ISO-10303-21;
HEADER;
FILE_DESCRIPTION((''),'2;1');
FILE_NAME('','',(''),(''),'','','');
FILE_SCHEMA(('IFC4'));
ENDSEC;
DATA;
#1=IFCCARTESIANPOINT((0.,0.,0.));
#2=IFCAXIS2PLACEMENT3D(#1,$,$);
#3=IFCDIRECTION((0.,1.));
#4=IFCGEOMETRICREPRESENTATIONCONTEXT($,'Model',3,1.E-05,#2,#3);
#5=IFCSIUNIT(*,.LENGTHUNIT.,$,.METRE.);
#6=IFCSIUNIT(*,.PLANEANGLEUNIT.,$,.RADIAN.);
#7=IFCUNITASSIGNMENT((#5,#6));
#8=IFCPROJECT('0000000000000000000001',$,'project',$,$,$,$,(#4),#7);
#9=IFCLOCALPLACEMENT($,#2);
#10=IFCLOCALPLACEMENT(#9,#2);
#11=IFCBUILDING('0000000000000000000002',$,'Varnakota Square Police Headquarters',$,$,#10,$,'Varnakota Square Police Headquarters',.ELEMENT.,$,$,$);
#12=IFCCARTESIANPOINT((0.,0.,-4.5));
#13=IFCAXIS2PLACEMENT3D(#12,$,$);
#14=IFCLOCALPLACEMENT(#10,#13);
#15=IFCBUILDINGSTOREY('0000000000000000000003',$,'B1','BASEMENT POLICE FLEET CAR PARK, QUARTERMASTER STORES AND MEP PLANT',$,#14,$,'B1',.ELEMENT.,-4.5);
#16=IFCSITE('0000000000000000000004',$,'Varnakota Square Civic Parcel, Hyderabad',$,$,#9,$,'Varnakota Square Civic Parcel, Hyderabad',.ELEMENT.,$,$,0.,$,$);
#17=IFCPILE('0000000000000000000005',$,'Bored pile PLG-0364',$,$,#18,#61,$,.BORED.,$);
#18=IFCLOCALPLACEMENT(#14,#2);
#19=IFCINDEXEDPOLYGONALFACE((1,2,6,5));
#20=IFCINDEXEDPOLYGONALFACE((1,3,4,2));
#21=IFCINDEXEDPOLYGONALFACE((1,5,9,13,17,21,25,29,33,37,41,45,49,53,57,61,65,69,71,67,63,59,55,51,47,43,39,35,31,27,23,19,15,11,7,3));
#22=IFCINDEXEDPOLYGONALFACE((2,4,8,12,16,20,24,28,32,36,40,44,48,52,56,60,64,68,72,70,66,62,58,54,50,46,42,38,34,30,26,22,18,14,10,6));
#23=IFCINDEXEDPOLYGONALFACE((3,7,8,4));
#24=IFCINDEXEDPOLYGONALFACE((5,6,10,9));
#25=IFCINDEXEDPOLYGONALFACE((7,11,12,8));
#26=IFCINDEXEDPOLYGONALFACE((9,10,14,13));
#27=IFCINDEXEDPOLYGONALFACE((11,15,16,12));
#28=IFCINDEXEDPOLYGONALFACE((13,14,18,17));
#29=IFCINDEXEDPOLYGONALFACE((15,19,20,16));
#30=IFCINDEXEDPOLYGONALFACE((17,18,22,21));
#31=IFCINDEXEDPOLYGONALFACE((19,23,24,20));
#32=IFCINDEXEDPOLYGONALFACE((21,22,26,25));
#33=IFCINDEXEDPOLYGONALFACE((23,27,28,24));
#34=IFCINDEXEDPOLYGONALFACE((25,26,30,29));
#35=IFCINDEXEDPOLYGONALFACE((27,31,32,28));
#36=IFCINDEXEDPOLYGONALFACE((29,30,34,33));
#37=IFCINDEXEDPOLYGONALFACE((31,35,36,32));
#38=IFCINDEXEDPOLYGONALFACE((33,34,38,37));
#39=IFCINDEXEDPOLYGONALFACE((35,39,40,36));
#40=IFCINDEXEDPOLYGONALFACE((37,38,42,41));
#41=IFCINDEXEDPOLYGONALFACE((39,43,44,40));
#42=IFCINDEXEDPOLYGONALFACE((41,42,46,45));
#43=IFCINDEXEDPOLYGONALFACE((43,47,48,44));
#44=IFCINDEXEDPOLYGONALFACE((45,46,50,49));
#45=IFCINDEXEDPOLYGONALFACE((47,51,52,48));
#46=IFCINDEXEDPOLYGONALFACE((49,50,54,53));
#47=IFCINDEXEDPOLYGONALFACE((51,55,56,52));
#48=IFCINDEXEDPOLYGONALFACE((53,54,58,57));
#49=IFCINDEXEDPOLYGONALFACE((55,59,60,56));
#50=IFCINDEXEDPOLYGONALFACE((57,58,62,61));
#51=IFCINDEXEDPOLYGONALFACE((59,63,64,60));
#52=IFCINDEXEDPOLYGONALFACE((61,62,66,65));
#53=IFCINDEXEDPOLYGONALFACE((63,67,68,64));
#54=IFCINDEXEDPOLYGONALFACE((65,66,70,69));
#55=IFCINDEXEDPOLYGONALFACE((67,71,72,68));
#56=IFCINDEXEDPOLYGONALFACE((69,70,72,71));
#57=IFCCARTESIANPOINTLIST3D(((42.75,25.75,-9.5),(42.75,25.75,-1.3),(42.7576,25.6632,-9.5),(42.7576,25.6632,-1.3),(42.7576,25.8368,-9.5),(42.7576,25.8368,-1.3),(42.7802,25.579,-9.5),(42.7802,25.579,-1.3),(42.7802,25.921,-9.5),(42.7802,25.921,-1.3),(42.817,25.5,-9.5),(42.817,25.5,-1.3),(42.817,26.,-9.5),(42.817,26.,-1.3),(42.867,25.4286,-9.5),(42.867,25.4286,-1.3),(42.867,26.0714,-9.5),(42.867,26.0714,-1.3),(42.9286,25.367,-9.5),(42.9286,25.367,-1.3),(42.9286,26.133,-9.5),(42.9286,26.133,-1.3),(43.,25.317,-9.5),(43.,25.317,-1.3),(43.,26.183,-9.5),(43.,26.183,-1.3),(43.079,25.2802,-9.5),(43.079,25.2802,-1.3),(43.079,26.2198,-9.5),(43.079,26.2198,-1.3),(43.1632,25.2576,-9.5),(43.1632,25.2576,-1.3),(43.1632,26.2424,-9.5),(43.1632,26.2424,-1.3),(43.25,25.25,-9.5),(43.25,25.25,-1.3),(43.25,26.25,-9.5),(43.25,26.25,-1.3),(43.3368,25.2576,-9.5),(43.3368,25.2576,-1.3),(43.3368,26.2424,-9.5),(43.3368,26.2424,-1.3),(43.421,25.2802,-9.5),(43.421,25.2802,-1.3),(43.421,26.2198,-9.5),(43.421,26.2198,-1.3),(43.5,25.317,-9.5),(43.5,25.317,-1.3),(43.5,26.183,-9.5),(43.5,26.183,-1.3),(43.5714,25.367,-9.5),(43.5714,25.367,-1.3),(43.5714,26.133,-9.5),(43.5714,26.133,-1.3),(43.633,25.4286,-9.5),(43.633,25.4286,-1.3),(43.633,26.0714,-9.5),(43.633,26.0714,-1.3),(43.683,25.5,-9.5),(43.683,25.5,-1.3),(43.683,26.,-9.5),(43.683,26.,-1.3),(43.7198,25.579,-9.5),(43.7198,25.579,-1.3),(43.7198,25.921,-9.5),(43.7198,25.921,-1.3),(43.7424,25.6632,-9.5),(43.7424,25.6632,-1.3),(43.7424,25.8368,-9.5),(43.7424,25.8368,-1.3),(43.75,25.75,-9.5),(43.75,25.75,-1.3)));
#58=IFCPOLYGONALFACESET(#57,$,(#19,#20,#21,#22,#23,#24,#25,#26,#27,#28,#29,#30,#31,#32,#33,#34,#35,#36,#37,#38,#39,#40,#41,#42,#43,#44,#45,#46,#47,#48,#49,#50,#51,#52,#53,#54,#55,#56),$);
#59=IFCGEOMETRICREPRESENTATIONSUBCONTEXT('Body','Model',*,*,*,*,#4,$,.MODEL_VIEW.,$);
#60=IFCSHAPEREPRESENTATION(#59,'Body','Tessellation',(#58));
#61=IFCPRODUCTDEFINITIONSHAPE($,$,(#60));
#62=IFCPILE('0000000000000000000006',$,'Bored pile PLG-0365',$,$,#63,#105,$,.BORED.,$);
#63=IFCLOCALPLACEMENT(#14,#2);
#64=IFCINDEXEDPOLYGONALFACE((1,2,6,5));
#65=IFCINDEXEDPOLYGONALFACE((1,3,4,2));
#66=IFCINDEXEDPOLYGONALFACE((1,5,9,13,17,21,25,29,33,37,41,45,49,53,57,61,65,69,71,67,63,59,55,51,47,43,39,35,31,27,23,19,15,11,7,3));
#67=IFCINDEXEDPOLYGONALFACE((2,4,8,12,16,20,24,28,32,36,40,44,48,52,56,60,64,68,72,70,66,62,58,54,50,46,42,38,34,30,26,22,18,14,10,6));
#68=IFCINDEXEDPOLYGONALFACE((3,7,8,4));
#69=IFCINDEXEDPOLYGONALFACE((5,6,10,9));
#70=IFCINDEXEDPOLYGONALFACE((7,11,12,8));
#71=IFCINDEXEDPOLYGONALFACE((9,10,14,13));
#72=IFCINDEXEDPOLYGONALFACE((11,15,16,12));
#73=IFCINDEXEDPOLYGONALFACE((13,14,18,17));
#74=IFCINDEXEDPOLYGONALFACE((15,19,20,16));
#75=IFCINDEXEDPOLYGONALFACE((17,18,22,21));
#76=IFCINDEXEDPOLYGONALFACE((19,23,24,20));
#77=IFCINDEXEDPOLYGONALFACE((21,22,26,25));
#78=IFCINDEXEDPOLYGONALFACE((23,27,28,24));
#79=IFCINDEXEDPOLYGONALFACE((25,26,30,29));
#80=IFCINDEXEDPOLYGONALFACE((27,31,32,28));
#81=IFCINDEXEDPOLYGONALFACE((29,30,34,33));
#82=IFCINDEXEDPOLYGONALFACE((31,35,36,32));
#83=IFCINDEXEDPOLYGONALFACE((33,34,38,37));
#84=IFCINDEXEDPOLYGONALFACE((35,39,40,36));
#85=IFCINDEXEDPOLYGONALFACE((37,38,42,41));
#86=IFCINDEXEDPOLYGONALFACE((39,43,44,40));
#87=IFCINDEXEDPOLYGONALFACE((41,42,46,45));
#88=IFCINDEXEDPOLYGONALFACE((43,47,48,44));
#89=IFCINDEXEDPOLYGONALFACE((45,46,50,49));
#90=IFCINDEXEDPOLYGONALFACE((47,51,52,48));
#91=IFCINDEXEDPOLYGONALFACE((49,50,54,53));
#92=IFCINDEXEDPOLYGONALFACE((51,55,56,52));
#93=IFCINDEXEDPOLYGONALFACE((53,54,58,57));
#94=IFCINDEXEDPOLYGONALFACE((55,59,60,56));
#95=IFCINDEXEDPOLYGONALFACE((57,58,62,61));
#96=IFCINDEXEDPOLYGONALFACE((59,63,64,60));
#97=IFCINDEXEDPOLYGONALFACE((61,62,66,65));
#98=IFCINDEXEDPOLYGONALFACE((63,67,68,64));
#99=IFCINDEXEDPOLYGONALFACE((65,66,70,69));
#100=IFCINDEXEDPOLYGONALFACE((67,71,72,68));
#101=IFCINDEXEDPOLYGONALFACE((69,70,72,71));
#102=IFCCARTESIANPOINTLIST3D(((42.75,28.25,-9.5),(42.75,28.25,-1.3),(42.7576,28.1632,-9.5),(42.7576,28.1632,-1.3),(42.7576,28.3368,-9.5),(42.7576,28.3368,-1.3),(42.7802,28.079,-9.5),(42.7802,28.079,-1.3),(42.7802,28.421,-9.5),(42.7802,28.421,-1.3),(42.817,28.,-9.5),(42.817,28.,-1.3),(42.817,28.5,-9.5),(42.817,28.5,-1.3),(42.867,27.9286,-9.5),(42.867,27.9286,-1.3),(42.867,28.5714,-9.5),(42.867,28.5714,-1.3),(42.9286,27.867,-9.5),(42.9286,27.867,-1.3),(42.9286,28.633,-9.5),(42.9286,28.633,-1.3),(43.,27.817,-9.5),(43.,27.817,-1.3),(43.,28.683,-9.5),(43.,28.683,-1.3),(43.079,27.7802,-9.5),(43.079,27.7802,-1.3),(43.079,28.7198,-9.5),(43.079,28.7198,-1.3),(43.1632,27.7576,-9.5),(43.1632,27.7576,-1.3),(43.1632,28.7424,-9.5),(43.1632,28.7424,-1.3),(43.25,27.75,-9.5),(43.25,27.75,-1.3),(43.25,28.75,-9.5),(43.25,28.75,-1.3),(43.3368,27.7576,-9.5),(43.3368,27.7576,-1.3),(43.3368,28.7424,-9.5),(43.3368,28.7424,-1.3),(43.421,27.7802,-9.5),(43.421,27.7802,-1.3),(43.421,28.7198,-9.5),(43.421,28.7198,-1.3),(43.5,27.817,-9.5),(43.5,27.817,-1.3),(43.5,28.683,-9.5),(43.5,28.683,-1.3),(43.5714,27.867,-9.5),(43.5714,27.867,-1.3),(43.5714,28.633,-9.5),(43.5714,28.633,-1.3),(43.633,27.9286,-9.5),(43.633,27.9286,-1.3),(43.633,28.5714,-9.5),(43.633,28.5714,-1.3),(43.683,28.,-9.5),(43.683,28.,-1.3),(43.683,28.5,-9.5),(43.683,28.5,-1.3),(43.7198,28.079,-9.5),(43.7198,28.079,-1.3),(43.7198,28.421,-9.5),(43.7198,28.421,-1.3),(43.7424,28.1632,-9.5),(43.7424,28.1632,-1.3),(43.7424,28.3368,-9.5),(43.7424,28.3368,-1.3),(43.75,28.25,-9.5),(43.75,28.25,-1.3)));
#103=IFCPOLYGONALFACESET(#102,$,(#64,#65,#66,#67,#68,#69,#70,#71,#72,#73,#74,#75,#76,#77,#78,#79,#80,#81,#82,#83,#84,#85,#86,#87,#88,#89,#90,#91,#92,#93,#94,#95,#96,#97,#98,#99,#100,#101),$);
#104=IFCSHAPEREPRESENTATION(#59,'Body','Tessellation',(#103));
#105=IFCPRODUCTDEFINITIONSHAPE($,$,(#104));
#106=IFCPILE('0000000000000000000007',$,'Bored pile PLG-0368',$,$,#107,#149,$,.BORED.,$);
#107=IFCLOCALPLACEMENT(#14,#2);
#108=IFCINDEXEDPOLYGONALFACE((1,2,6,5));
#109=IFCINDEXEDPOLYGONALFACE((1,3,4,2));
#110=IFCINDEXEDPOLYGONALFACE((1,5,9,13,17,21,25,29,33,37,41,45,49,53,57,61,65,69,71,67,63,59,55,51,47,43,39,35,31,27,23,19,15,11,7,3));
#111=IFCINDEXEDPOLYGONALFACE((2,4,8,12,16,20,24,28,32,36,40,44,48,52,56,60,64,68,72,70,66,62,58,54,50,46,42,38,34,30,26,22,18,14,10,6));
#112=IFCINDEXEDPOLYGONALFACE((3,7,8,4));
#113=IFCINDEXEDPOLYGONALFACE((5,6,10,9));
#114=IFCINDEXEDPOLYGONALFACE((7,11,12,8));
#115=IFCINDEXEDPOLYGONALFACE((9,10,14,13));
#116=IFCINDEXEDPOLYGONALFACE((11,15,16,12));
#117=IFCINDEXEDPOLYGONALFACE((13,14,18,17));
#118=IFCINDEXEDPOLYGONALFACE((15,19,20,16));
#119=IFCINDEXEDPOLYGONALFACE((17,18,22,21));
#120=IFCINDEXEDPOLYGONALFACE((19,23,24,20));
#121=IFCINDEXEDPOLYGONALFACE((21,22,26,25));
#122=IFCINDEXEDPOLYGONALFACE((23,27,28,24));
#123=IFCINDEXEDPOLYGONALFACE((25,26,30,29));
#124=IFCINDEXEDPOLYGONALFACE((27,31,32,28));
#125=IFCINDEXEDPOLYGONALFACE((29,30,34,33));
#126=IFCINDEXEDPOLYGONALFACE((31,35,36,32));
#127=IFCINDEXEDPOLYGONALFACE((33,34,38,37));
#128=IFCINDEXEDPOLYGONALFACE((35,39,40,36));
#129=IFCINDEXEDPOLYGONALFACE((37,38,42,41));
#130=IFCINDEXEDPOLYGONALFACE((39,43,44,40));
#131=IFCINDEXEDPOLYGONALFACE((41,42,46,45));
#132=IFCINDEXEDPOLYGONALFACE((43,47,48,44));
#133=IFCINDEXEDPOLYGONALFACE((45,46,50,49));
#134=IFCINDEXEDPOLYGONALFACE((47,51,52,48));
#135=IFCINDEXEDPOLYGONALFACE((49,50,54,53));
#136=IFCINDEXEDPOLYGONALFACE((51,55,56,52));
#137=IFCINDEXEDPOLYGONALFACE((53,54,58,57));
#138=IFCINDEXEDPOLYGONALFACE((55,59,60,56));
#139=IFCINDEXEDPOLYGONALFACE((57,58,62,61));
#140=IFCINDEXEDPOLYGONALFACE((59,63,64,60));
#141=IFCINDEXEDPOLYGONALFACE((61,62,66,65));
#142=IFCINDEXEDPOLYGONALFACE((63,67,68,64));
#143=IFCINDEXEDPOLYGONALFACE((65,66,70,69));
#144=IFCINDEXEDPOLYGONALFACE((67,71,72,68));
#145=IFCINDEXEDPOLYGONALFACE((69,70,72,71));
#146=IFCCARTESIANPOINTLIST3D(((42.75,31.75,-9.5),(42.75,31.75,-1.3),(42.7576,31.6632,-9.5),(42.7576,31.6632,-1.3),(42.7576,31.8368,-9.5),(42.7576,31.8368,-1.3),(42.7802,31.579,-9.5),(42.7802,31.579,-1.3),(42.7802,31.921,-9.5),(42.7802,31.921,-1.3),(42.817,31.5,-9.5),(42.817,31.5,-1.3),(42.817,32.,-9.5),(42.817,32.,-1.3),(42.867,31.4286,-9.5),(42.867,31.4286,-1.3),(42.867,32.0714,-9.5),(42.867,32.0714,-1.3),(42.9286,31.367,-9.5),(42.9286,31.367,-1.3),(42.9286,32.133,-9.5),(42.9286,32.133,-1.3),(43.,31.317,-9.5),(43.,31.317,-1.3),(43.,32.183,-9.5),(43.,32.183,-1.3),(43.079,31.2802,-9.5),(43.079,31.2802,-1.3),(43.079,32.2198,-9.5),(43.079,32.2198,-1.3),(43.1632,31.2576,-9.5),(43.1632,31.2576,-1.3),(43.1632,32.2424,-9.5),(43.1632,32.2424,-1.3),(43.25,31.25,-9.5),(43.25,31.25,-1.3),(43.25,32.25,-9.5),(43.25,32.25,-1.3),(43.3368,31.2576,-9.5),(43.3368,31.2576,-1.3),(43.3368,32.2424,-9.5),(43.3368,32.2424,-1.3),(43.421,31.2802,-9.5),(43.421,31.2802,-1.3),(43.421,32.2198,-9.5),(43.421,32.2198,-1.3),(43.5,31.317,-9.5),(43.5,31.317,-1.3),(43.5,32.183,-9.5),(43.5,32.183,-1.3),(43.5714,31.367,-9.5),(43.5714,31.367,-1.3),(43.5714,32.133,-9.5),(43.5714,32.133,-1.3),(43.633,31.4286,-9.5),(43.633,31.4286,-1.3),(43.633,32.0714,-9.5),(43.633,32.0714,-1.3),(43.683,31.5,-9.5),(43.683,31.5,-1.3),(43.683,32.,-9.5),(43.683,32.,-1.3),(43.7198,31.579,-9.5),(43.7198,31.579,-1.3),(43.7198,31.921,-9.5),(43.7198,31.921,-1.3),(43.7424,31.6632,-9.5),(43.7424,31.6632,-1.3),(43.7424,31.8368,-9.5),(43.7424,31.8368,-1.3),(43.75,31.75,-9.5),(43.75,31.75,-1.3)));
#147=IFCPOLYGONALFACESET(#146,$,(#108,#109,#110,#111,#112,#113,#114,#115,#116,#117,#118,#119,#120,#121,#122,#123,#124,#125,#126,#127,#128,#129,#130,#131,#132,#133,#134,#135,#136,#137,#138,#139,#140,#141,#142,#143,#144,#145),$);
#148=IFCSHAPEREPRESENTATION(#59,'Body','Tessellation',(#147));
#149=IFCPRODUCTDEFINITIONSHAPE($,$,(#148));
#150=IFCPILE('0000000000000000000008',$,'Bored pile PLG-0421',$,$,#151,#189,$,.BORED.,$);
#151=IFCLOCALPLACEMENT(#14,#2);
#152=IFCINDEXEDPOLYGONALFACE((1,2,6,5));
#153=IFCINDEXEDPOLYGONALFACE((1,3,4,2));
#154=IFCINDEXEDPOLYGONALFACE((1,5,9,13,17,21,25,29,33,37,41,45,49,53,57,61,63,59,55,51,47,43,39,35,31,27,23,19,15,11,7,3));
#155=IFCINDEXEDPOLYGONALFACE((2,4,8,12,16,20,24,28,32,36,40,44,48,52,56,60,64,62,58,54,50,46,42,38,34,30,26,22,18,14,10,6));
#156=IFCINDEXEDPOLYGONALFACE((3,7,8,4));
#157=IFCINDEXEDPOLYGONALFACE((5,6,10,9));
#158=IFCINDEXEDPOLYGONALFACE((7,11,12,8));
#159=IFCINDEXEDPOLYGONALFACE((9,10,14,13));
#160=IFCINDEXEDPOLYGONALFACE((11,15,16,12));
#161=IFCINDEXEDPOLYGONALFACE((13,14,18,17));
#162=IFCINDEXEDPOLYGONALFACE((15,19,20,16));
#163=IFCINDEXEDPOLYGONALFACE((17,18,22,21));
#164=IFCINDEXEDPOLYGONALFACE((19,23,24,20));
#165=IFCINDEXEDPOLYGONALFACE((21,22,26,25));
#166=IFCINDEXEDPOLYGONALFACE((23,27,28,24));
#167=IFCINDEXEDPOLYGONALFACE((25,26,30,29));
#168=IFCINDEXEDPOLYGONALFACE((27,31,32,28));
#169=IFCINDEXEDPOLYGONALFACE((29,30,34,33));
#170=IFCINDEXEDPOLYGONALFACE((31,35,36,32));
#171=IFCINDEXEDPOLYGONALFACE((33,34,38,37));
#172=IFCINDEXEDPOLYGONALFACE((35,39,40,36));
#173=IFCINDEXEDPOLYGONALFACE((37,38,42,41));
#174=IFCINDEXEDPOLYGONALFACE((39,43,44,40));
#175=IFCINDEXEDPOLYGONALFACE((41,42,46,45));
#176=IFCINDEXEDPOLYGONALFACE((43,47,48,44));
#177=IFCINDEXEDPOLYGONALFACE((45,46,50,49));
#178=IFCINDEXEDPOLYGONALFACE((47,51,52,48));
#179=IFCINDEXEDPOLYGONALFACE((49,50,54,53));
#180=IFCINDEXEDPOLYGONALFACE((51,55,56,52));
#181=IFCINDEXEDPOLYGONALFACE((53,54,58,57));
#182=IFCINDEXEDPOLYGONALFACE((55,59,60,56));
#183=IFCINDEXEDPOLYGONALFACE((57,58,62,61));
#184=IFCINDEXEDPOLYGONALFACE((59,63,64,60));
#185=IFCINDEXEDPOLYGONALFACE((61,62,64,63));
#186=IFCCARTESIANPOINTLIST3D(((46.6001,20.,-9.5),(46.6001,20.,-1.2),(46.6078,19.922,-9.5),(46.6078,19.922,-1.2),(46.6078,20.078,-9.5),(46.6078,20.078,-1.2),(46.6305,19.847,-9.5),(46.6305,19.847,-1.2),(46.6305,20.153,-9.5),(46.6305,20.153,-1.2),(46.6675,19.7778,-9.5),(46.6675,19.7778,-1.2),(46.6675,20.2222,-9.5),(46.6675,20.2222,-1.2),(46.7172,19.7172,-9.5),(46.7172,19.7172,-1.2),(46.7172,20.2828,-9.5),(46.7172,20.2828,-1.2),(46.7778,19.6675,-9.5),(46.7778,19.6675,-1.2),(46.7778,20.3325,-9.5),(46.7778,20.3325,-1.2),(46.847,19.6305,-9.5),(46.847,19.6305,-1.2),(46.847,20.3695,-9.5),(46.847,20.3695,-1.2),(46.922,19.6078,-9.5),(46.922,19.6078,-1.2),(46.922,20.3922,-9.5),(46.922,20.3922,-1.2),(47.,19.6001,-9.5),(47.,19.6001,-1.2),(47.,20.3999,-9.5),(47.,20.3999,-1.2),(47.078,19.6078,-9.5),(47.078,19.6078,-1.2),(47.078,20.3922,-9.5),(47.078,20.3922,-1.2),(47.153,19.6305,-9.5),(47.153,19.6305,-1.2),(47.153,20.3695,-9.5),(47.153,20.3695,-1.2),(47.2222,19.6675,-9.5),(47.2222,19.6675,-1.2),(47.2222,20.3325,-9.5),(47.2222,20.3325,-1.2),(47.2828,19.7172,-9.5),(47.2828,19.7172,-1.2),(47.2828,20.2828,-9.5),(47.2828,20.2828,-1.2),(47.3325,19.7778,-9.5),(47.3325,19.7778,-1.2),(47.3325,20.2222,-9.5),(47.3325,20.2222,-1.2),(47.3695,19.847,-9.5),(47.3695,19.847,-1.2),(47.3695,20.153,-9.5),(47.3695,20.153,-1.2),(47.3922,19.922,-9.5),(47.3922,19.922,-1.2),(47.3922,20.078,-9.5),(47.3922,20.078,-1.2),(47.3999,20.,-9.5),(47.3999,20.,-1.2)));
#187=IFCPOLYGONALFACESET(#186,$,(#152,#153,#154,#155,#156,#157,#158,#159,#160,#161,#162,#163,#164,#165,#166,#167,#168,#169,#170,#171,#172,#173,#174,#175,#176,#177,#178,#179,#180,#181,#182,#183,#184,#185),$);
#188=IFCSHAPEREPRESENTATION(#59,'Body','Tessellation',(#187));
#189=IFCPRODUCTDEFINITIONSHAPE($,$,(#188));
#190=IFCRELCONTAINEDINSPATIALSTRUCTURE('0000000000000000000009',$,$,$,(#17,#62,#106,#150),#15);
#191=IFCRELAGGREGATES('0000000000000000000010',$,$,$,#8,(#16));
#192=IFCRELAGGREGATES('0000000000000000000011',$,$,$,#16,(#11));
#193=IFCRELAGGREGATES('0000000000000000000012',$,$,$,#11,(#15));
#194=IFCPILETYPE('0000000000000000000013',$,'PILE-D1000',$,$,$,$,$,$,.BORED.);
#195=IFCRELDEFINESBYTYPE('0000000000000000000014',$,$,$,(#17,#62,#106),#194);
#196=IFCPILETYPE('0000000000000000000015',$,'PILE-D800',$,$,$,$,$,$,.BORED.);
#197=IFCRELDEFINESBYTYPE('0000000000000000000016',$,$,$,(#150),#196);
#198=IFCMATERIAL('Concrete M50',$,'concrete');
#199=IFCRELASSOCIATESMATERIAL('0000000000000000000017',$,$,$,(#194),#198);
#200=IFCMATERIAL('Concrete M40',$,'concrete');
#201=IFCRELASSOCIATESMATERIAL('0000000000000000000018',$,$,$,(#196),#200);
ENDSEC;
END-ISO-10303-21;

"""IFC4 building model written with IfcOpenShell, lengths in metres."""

from ifc_helpers import new_model, si_unit, direction, frame, origin, origin_2d, place, context, subcontext, project, spatial, circle, extrude, material, material_profile, profile_set, type_object, element, save


model = new_model("IFC4")

# Units and contexts
model_context = context("Model", 3, precision=1e-05, world=origin(), true_north=direction((0.0, 1.0)))
body_context = subcontext(model_context, "Body", "Model", "MODEL_VIEW")
ifc_project = project(units=[si_unit("LENGTHUNIT", "METRE"), si_unit("PLANEANGLEUNIT", "RADIAN")], contexts=[model_context])

# Site, building, storey
site_placement = place(None, origin())
site = spatial("IfcSite", under=ifc_project, at=site_placement, Name="Varnakota Square Civic Parcel, Hyderabad", LongName="Varnakota Square Civic Parcel, Hyderabad", CompositionType="ELEMENT", RefElevation=0.0)
building_placement = place(site_placement, origin())
building = spatial("IfcBuilding", under=site, at=building_placement, Name="Varnakota Square Police Headquarters", LongName="Varnakota Square Police Headquarters", CompositionType="ELEMENT")
storey_placement = place(building_placement, frame((0.0, 0.0, -4.5)))
storey = spatial("IfcBuildingStorey", under=building, at=storey_placement, Name="B1", Description="BASEMENT POLICE FLEET CAR PARK, QUARTERMASTER STORES AND MEP PLANT", LongName="B1", CompositionType="ELEMENT", Elevation=-4.5)

# Shared definitions
ifc_material_1 = material(Name="Concrete M40", Category="concrete")

# Piles
ifc_material_2 = material(Name="Concrete M50", Category="concrete")
ifc_material_profile_1 = material_profile(ifc_material_2, circle(Radius=0.5, at=origin_2d()), Name="BORED PILE 1000")
ifc_profile_set_1 = profile_set([ifc_material_profile_1], Name="Concrete M50")
pile_type_1 = type_object("IfcPileType", Name="PILE-D1000", PredefinedType="BORED", material=ifc_profile_set_1)
for number, where, z_axis, x_axis, name in (
    (1, (43.25, 25.75, -1.3), (0.0, 0.0, -1.0), (1.0, 0.0, 0.0), "Bored pile PLG-0364"),
    (2, (43.25, 28.25, -1.3), (0.0, 0.0, -1.0), (1.0, 0.0, 0.0), "Bored pile PLG-0365"),
    (3, (43.25, 31.75, -1.3), (0.0, 0.0, -1.0), (1.0, 0.0, 0.0), "Bored pile PLG-0368"),
):
    element("IfcPile", number, at=place(storey_placement, frame(where, z_axis=z_axis, x_axis=x_axis)), inside=storey, type_object=pile_type_1, Name=name, PredefinedType="BORED", context=body_context, shape_type="SweptSolid", body=[
        extrude(circle(Radius=0.5, at=origin_2d()), origin(), (0.0, 0.0, 1.0), 8.2),
    ])
ifc_material_profile_2 = material_profile(ifc_material_1, circle(Radius=0.3999, at=origin_2d()), Name="BORED PILE 800")
ifc_profile_set_2 = profile_set([ifc_material_profile_2], Name="Concrete M40")
pile_type_2 = type_object("IfcPileType", Name="PILE-D800", PredefinedType="BORED", material=ifc_profile_set_2)
for number, where, z_axis, x_axis, name in (
    (4, (47.0, 20.0, -1.2), (0.0, 0.0, -1.0), (1.0, 0.0, 0.0), "Bored pile PLG-0421"),
):
    element("IfcPile", number, at=place(storey_placement, frame(where, z_axis=z_axis, x_axis=x_axis)), inside=storey, type_object=pile_type_2, Name=name, PredefinedType="BORED", context=body_context, shape_type="SweptSolid", body=[
        extrude(circle(Radius=0.3999, at=origin_2d()), origin(), (0.0, 0.0, 1.0), 8.3),
    ])

save(model, "model.ifc")
